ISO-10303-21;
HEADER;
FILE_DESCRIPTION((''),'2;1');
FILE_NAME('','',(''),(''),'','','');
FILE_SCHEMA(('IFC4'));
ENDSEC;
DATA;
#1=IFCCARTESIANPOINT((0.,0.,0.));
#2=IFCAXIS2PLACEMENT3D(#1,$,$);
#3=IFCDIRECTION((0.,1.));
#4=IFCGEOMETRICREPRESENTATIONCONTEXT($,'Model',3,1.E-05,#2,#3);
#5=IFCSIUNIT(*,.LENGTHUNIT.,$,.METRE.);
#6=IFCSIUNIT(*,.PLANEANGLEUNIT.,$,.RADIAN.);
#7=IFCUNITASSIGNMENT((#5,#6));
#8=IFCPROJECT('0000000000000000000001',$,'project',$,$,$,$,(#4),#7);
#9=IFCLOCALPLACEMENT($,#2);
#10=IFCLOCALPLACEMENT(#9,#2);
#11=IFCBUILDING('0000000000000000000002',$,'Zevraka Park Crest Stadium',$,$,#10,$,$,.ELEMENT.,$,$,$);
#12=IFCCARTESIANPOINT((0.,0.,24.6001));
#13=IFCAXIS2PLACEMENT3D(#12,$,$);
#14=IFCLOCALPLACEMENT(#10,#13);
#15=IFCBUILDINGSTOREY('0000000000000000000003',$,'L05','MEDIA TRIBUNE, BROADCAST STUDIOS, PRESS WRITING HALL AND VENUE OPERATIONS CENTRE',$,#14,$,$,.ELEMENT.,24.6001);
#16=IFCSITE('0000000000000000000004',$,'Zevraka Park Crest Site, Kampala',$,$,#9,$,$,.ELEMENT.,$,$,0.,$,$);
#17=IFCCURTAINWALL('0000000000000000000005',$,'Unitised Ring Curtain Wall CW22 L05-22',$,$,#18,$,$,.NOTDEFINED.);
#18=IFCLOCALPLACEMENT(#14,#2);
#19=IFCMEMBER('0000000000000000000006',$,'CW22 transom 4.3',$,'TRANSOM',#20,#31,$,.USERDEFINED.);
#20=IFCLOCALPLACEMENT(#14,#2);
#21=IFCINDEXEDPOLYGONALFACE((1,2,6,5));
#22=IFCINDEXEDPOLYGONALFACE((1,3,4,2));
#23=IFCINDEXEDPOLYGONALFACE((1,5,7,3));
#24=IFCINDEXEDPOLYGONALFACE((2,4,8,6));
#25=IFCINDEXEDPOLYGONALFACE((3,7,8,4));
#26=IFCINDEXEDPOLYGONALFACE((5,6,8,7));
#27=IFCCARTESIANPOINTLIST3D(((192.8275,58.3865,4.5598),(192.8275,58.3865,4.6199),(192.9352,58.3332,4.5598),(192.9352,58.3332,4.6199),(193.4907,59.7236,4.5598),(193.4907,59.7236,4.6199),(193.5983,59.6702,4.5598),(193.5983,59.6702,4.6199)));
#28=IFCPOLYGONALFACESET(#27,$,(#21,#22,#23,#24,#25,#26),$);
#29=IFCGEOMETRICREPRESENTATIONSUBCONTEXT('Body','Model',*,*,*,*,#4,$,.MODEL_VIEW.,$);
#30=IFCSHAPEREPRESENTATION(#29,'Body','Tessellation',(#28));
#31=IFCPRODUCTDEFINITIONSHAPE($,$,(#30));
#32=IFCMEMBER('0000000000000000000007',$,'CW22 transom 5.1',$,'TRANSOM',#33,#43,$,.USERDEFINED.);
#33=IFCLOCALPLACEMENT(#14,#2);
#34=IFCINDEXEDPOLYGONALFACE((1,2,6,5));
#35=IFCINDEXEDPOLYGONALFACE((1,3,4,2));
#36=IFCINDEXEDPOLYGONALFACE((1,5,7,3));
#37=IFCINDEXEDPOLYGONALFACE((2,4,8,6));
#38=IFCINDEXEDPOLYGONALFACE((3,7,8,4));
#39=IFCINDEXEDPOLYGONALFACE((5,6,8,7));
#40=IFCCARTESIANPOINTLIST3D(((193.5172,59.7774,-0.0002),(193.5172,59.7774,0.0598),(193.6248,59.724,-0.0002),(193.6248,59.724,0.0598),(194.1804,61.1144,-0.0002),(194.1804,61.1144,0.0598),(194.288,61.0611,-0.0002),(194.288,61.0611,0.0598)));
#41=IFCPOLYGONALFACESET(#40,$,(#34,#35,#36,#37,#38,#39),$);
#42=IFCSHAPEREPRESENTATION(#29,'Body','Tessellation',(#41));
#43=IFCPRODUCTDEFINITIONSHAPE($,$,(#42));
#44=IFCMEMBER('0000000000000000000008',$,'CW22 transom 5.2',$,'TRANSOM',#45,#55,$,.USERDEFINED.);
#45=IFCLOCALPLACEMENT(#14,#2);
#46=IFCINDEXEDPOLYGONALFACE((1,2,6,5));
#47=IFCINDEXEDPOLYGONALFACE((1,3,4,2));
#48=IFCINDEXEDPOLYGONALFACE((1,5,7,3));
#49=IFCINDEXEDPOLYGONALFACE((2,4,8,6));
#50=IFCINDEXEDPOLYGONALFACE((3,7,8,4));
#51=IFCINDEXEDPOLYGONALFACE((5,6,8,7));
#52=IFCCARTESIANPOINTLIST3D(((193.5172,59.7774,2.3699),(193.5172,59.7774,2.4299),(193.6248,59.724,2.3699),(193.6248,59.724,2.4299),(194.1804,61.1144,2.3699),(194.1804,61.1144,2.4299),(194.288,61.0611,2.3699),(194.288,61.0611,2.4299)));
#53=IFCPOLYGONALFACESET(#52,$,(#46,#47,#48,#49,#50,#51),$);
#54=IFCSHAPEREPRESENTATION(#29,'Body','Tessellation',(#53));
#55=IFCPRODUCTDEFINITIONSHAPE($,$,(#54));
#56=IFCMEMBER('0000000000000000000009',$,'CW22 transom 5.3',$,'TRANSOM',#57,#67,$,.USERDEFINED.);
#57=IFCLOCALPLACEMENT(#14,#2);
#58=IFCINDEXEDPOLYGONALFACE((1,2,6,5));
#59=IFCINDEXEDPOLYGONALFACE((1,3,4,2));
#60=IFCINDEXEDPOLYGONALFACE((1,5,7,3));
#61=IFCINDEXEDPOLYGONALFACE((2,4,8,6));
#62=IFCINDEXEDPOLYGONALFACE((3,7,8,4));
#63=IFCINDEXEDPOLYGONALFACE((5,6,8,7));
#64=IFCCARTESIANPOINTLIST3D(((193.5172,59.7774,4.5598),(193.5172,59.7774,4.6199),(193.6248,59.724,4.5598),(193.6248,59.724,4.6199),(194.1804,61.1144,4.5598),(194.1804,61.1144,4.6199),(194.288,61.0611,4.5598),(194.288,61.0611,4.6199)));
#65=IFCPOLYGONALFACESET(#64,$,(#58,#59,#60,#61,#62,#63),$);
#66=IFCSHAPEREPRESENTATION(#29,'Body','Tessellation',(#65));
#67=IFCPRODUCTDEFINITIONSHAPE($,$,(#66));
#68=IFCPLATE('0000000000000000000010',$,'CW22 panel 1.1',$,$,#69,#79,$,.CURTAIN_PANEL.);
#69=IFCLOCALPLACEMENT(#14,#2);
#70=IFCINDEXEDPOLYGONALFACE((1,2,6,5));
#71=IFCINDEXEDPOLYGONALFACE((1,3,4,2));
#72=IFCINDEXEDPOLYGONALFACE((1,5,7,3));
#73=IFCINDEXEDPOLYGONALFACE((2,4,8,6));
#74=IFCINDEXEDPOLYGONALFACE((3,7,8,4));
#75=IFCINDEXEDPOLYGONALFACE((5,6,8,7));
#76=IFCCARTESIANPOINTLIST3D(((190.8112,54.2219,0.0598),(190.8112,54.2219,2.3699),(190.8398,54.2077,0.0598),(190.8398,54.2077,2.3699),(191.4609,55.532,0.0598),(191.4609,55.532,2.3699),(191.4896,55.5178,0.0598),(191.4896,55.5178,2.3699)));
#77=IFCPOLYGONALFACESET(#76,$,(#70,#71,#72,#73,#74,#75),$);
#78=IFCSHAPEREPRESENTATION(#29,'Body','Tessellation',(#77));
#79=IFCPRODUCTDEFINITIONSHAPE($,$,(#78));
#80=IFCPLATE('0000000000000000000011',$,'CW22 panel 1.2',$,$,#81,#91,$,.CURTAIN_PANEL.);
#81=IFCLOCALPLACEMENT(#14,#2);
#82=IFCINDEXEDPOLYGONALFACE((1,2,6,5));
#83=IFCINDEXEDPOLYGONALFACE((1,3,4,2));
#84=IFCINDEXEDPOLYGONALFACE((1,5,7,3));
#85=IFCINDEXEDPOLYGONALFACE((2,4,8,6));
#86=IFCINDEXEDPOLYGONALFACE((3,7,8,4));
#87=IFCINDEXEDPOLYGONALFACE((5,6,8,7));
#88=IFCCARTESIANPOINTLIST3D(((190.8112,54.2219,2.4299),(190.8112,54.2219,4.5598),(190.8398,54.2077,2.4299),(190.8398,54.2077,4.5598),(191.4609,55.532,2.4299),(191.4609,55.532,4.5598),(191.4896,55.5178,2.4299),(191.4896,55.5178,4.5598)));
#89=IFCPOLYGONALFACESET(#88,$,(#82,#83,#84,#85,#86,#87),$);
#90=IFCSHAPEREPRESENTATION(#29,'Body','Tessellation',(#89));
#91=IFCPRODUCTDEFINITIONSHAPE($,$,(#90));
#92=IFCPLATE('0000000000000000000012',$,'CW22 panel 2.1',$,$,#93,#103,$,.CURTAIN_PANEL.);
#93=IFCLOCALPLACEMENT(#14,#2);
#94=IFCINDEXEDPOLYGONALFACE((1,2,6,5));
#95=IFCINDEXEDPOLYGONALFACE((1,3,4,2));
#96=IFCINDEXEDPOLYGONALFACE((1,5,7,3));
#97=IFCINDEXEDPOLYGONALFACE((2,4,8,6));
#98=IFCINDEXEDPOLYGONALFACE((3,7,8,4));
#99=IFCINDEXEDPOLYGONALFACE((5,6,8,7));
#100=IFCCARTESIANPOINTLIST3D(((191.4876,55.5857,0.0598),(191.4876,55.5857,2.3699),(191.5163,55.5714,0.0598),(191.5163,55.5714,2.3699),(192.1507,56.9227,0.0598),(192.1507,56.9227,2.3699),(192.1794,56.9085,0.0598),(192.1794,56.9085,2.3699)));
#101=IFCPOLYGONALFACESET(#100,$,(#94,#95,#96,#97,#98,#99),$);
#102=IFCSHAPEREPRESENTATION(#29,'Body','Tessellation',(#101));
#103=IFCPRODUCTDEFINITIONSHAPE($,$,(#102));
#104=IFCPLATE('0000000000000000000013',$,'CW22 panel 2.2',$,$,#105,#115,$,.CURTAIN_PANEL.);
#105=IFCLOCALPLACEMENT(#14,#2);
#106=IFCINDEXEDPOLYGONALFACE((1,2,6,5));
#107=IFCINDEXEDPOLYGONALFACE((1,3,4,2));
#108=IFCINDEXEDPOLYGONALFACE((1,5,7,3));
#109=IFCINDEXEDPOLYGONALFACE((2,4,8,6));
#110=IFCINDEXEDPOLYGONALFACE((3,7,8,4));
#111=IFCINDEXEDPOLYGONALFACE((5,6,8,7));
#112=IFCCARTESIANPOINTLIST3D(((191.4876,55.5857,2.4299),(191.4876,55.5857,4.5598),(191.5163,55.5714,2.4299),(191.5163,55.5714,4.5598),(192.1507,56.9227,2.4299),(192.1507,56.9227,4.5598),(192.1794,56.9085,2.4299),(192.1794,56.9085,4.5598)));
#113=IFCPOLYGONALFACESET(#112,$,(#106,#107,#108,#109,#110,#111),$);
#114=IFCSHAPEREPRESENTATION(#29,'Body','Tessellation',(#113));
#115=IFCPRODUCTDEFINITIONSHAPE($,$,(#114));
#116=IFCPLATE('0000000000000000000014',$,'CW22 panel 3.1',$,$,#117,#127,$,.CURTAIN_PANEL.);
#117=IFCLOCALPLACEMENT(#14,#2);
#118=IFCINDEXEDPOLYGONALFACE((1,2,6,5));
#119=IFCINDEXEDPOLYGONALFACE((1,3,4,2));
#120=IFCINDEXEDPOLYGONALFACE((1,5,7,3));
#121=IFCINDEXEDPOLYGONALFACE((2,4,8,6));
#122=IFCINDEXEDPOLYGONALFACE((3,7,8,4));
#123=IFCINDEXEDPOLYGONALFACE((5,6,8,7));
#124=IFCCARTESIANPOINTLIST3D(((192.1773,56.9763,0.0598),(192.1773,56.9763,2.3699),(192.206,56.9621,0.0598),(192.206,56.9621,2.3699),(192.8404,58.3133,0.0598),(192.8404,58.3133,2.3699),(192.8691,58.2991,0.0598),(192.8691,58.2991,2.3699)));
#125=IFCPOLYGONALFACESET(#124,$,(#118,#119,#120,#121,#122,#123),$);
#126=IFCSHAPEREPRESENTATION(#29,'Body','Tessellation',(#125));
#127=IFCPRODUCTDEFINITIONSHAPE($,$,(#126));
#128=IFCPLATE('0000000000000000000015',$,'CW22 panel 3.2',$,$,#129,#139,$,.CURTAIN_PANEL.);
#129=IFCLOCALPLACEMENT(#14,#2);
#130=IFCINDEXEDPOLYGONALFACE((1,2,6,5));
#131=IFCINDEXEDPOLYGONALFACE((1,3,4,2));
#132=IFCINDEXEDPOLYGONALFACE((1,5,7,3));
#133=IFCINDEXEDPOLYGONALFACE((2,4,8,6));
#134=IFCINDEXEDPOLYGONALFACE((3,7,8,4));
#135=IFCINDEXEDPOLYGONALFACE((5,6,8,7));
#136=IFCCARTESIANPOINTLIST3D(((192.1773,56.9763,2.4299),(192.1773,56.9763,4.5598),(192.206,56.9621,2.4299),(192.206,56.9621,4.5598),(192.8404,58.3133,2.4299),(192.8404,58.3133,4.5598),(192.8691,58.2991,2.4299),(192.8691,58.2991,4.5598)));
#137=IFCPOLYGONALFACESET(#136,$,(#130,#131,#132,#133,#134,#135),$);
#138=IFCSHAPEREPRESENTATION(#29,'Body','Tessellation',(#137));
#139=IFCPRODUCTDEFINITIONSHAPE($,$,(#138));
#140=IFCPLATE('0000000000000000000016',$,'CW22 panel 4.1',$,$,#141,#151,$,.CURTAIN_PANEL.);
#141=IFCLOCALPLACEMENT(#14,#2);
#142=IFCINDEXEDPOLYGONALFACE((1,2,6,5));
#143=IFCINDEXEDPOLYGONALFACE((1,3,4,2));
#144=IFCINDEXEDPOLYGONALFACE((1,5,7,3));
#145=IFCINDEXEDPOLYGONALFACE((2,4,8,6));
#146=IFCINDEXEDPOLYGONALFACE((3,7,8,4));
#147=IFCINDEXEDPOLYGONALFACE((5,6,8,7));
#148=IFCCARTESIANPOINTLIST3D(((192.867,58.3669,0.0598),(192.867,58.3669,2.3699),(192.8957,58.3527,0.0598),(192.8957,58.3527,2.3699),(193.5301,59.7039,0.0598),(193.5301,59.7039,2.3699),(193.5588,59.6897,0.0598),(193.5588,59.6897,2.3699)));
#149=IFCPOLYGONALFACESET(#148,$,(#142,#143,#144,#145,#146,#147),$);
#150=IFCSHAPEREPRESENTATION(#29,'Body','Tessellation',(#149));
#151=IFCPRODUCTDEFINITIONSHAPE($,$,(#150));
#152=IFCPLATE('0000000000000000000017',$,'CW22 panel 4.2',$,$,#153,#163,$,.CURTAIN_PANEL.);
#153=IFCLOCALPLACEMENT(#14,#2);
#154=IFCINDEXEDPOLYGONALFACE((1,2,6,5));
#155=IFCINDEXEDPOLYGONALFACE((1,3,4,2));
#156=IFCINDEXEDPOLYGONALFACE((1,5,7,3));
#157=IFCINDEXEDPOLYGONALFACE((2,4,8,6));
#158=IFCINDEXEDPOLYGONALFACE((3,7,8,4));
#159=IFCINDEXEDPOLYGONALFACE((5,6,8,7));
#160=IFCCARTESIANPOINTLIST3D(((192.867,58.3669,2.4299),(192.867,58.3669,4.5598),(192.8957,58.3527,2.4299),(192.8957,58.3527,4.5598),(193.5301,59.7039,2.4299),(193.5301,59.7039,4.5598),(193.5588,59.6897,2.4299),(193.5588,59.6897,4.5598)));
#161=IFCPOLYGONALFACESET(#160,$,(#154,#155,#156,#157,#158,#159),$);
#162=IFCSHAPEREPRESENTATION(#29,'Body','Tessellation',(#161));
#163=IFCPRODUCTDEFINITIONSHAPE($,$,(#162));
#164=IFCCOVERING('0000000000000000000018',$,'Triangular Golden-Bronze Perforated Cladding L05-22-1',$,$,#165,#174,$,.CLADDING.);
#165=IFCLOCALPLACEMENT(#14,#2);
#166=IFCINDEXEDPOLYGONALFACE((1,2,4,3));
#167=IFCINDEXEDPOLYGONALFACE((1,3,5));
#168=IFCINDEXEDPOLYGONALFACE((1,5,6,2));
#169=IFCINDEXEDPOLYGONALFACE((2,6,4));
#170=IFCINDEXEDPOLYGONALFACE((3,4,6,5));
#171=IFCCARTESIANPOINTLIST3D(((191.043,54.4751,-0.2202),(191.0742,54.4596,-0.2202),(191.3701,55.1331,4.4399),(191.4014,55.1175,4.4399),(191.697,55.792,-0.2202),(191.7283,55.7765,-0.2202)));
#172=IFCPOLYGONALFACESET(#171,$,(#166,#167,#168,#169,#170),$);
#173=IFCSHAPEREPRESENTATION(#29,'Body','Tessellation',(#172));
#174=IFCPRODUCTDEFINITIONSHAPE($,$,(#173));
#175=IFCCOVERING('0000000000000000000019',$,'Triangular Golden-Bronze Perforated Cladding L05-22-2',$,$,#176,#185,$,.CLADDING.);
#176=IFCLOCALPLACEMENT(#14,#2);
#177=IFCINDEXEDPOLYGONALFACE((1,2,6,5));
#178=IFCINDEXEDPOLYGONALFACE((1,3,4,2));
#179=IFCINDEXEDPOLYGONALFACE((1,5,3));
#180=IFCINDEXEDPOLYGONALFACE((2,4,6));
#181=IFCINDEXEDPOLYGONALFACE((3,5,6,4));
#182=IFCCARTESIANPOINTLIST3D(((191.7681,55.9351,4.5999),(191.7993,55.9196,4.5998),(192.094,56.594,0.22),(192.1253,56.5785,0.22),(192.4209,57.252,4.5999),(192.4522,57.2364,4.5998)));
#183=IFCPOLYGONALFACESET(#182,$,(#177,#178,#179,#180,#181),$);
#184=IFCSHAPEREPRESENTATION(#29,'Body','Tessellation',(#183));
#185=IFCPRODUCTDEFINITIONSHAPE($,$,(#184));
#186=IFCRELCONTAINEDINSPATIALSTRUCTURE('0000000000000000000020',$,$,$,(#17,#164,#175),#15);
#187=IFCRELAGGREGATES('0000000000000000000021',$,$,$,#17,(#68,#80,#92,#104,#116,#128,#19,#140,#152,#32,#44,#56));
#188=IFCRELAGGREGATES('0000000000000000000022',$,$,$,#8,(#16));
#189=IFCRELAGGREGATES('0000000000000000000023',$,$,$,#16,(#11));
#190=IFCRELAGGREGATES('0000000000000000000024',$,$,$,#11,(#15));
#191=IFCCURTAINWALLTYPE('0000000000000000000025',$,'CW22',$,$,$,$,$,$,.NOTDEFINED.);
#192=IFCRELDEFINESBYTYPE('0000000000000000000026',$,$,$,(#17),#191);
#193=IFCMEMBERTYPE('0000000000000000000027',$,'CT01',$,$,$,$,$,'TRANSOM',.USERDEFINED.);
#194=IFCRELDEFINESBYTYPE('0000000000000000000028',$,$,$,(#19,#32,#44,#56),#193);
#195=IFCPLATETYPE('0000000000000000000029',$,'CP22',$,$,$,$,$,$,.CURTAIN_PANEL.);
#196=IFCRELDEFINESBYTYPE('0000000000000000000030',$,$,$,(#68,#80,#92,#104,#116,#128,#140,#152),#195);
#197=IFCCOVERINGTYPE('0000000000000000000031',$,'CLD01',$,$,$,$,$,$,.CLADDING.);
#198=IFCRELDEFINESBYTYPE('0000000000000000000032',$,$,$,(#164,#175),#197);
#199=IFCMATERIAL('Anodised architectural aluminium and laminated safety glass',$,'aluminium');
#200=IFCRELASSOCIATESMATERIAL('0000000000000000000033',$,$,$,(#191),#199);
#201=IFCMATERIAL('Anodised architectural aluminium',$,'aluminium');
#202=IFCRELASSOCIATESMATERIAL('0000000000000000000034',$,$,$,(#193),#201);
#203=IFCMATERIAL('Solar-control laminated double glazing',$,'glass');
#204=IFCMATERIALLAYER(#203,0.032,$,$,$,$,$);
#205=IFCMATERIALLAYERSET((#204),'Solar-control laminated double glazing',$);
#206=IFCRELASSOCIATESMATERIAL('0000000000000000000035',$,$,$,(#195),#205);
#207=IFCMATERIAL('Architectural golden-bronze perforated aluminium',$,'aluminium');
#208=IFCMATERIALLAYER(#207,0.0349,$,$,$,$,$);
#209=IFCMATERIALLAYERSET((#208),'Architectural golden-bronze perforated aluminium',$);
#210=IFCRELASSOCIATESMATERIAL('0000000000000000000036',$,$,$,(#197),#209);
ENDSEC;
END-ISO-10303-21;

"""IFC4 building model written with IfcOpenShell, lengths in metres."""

from ifc_helpers import new_model, si_unit, direction, frame, origin, origin_2d, place, context, subcontext, project, spatial, polyline, rectangle, outline, extrude, material, layer, layer_set, material_profile, profile_set, type_object, element, aggregate, save


model = new_model("IFC4")

# Units and contexts
model_context = context("Model", 3, precision=1e-05, world=origin(), true_north=direction((0.0, 1.0)))
body_context = subcontext(model_context, "Body", "Model", "MODEL_VIEW")
ifc_project = project(units=[si_unit("LENGTHUNIT", "METRE"), si_unit("PLANEANGLEUNIT", "RADIAN")], contexts=[model_context])

# Site, building, storey
site_placement = place(None, origin())
site = spatial("IfcSite", under=ifc_project, at=site_placement, Name="Zevraka Park Crest Site, Kampala", CompositionType="ELEMENT", RefElevation=0.0)
building_placement = place(site_placement, origin())
building = spatial("IfcBuilding", under=site, at=building_placement, Name="Zevraka Park Crest Stadium", CompositionType="ELEMENT")
storey_placement = place(building_placement, frame((0.0, 0.0, 24.6001)))
storey = spatial("IfcBuildingStorey", under=building, at=storey_placement, Name="L05", Description="MEDIA TRIBUNE, BROADCAST STUDIOS, PRESS WRITING HALL AND VENUE OPERATIONS CENTRE", CompositionType="ELEMENT", Elevation=24.6001)

# Curtain wall, members, plates
ifc_material_1 = material(Name="Anodised architectural aluminium and laminated safety glass", Category="aluminium")
curtain_wall_type = type_object("IfcCurtainWallType", Name="CW22", PredefinedType="NOTDEFINED", material=ifc_material_1)
curtain_wall_placement = place(storey_placement, origin())
curtain_wall = element("IfcCurtainWall", 1, at=curtain_wall_placement, inside=storey, type_object=curtain_wall_type, Name="Unitised Ring Curtain Wall CW22 L05-22", PredefinedType="NOTDEFINED")
ifc_material_2 = material(Name="Anodised architectural aluminium", Category="aluminium")
ifc_material_profile_1 = material_profile(ifc_material_2, rectangle(XDim=0.1201, YDim=0.0601, at=origin_2d()), Name="ALU TRANSOM 120x60")
ifc_profile_set_1 = profile_set([ifc_material_profile_1], Name="Anodised architectural aluminium")
member_type_1 = type_object("IfcMemberType", Name="CT01", ElementType="TRANSOM", PredefinedType="USERDEFINED", material=ifc_profile_set_1)
member_1_placement = place(storey_placement, frame((192.8813, 58.3599, 4.5898), z_axis=(0.444332, 0.895862, 0.0), x_axis=(-0.895862, 0.444332, 0.0)))
member_1 = element("IfcMember", 2, at=member_1_placement, type_object=member_type_1, Name="CW22 transom 4.3", ObjectType="TRANSOM", PredefinedType="USERDEFINED", context=body_context, shape_type="SweptSolid", body=[
    extrude(rectangle(XDim=0.1201, YDim=0.0601, at=origin_2d()), origin(), (0.0, 0.0, 1.0), 1.4924),
])
member_2_placement = place(storey_placement, frame((193.571, 59.7507, 0.0298), z_axis=(0.444332, 0.895862, 0.0), x_axis=(-0.895862, 0.444332, 0.0)))
member_2 = element("IfcMember", 3, at=member_2_placement, type_object=member_type_1, Name="CW22 transom 5.1", ObjectType="TRANSOM", PredefinedType="USERDEFINED", context=body_context, shape_type="SweptSolid", body=[
    extrude(rectangle(XDim=0.1201, YDim=0.0601, at=origin_2d()), origin(), (0.0, 0.0, 1.0), 1.4924),
])
member_3_placement = place(storey_placement, frame((193.571, 59.7507, 2.3999), z_axis=(0.444332, 0.895862, 0.0), x_axis=(-0.895862, 0.444332, 0.0)))
member_3 = element("IfcMember", 4, at=member_3_placement, type_object=member_type_1, Name="CW22 transom 5.2", ObjectType="TRANSOM", PredefinedType="USERDEFINED", context=body_context, shape_type="SweptSolid", body=[
    extrude(rectangle(XDim=0.1201, YDim=0.0601, at=origin_2d()), origin(), (0.0, 0.0, 1.0), 1.4924),
])
member_4_placement = place(storey_placement, frame((193.571, 59.7507, 4.5898), z_axis=(0.444332, 0.895862, 0.0), x_axis=(-0.895862, 0.444332, 0.0)))
member_4 = element("IfcMember", 5, at=member_4_placement, type_object=member_type_1, Name="CW22 transom 5.3", ObjectType="TRANSOM", PredefinedType="USERDEFINED", context=body_context, shape_type="SweptSolid", body=[
    extrude(rectangle(XDim=0.1201, YDim=0.0601, at=origin_2d()), origin(), (0.0, 0.0, 1.0), 1.4924),
])
ifc_material_3 = material(Name="Solar-control laminated double glazing", Category="glass")
ifc_layer_1 = layer(ifc_material_3, 0.032)
ifc_layer_set_1 = layer_set([ifc_layer_1], Name="Solar-control laminated double glazing")
plate_type = type_object("IfcPlateType", Name="CP22", PredefinedType="CURTAIN_PANEL", material=ifc_layer_set_1)
plate_1_placement = place(storey_placement, frame((191.1504, 54.8699, 0.0598), z_axis=(0.0, 0.0, 1.0), x_axis=(0.444297, 0.895879, 0.0)))
plate_1 = element("IfcPlate", 6, at=plate_1_placement, type_object=plate_type, Name="CW22 panel 1.1", PredefinedType="CURTAIN_PANEL", context=body_context, shape_type="SweptSolid", body=[
    extrude(rectangle(XDim=1.4624, YDim=0.032, at=origin_2d()), origin(), (0.0, 0.0, 1.0), 2.3101),
])
plate_2_placement = place(storey_placement, frame((191.1504, 54.8699, 2.4299), z_axis=(0.0, 0.0, 1.0), x_axis=(0.444297, 0.895879, 0.0)))
plate_2 = element("IfcPlate", 7, at=plate_2_placement, type_object=plate_type, Name="CW22 panel 1.2", PredefinedType="CURTAIN_PANEL", context=body_context, shape_type="SweptSolid", body=[
    extrude(rectangle(XDim=1.4624, YDim=0.032, at=origin_2d()), origin(), (0.0, 0.0, 1.0), 2.1299),
])
plate_3_placement = place(storey_placement, frame((191.8335, 56.2471, 0.0598), z_axis=(0.0, 0.0, 1.0), x_axis=(0.444297, 0.895879, 0.0)))
plate_3 = element("IfcPlate", 8, at=plate_3_placement, type_object=plate_type, Name="CW22 panel 2.1", PredefinedType="CURTAIN_PANEL", context=body_context, shape_type="SweptSolid", body=[
    extrude(rectangle(XDim=1.4924, YDim=0.032, at=origin_2d()), origin(), (0.0, 0.0, 1.0), 2.3101),
])
plate_4_placement = place(storey_placement, frame((191.8335, 56.2471, 2.4299), z_axis=(0.0, 0.0, 1.0), x_axis=(0.444297, 0.895879, 0.0)))
plate_4 = element("IfcPlate", 9, at=plate_4_placement, type_object=plate_type, Name="CW22 panel 2.2", PredefinedType="CURTAIN_PANEL", context=body_context, shape_type="SweptSolid", body=[
    extrude(rectangle(XDim=1.4924, YDim=0.032, at=origin_2d()), origin(), (0.0, 0.0, 1.0), 2.1299),
])
plate_5_placement = place(storey_placement, frame((192.5232, 57.6377, 0.0598), z_axis=(0.0, 0.0, 1.0), x_axis=(0.444297, 0.895879, 0.0)))
plate_5 = element("IfcPlate", 10, at=plate_5_placement, type_object=plate_type, Name="CW22 panel 3.1", PredefinedType="CURTAIN_PANEL", context=body_context, shape_type="SweptSolid", body=[
    extrude(rectangle(XDim=1.4924, YDim=0.032, at=origin_2d()), origin(), (0.0, 0.0, 1.0), 2.3101),
])
plate_6_placement = place(storey_placement, frame((192.5232, 57.6377, 2.4299), z_axis=(0.0, 0.0, 1.0), x_axis=(0.444297, 0.895879, 0.0)))
plate_6 = element("IfcPlate", 11, at=plate_6_placement, type_object=plate_type, Name="CW22 panel 3.2", PredefinedType="CURTAIN_PANEL", context=body_context, shape_type="SweptSolid", body=[
    extrude(rectangle(XDim=1.4924, YDim=0.032, at=origin_2d()), origin(), (0.0, 0.0, 1.0), 2.1299),
])
plate_7_placement = place(storey_placement, frame((193.2129, 59.0283, 0.0598), z_axis=(0.0, 0.0, 1.0), x_axis=(0.444297, 0.895879, 0.0)))
plate_7 = element("IfcPlate", 12, at=plate_7_placement, type_object=plate_type, Name="CW22 panel 4.1", PredefinedType="CURTAIN_PANEL", context=body_context, shape_type="SweptSolid", body=[
    extrude(rectangle(XDim=1.4924, YDim=0.032, at=origin_2d()), origin(), (0.0, 0.0, 1.0), 2.3101),
])
plate_8_placement = place(storey_placement, frame((193.2129, 59.0283, 2.4299), z_axis=(0.0, 0.0, 1.0), x_axis=(0.444297, 0.895879, 0.0)))
plate_8 = element("IfcPlate", 13, at=plate_8_placement, type_object=plate_type, Name="CW22 panel 4.2", PredefinedType="CURTAIN_PANEL", context=body_context, shape_type="SweptSolid", body=[
    extrude(rectangle(XDim=1.4924, YDim=0.032, at=origin_2d()), origin(), (0.0, 0.0, 1.0), 2.1299),
])
aggregate(curtain_wall, [plate_1, plate_2, plate_3, plate_4, plate_5, plate_6, member_1, plate_7, plate_8, member_2, member_3, member_4])

# Coverings
ifc_material_4 = material(Name="Architectural golden-bronze perforated aluminium", Category="aluminium")
ifc_layer_2 = layer(ifc_material_4, 0.0349)
ifc_layer_set_2 = layer_set([ifc_layer_2], Name="Architectural golden-bronze perforated aluminium")
covering_type = type_object("IfcCoveringType", Name="CLD01", PredefinedType="CLADDING", material=ifc_layer_set_2)
covering_1_placement = place(storey_placement, frame((191.043, 54.4751, -0.2202), z_axis=(-0.895619, 0.444821, 0.00007), x_axis=(0.444821, 0.895619, 0.0)))
element("IfcCovering", 14, at=covering_1_placement, inside=storey, type_object=covering_type, Name="Triangular Golden-Bronze Perforated Cladding L05-22-1", PredefinedType="CLADDING", context=body_context, shape_type="SweptSolid", body=[
    extrude(outline(polyline([(0.0, 0.0), (1.4704, 0.0), (0.7348, -4.6602), (0.0, 0.0)])), origin(), (0.0, 0.0, -1.0), 0.0349),
])
covering_2_placement = place(storey_placement, frame((192.4209, 57.252, 4.5999), z_axis=(-0.89595, 0.444155, 0.000149), x_axis=(-0.444155, -0.89595, 0.0)))
element("IfcCovering", 15, at=covering_2_placement, inside=storey, type_object=covering_type, Name="Triangular Golden-Bronze Perforated Cladding L05-22-2", PredefinedType="CLADDING", context=body_context, shape_type="SweptSolid", body=[
    extrude(outline(polyline([(0.0, 0.0), (1.4698, 0.0), (0.7347, -4.3799), (0.0, 0.0)])), origin(), (0.0, 0.0, -1.0), 0.0349),
])

save(model, "model.ifc")
